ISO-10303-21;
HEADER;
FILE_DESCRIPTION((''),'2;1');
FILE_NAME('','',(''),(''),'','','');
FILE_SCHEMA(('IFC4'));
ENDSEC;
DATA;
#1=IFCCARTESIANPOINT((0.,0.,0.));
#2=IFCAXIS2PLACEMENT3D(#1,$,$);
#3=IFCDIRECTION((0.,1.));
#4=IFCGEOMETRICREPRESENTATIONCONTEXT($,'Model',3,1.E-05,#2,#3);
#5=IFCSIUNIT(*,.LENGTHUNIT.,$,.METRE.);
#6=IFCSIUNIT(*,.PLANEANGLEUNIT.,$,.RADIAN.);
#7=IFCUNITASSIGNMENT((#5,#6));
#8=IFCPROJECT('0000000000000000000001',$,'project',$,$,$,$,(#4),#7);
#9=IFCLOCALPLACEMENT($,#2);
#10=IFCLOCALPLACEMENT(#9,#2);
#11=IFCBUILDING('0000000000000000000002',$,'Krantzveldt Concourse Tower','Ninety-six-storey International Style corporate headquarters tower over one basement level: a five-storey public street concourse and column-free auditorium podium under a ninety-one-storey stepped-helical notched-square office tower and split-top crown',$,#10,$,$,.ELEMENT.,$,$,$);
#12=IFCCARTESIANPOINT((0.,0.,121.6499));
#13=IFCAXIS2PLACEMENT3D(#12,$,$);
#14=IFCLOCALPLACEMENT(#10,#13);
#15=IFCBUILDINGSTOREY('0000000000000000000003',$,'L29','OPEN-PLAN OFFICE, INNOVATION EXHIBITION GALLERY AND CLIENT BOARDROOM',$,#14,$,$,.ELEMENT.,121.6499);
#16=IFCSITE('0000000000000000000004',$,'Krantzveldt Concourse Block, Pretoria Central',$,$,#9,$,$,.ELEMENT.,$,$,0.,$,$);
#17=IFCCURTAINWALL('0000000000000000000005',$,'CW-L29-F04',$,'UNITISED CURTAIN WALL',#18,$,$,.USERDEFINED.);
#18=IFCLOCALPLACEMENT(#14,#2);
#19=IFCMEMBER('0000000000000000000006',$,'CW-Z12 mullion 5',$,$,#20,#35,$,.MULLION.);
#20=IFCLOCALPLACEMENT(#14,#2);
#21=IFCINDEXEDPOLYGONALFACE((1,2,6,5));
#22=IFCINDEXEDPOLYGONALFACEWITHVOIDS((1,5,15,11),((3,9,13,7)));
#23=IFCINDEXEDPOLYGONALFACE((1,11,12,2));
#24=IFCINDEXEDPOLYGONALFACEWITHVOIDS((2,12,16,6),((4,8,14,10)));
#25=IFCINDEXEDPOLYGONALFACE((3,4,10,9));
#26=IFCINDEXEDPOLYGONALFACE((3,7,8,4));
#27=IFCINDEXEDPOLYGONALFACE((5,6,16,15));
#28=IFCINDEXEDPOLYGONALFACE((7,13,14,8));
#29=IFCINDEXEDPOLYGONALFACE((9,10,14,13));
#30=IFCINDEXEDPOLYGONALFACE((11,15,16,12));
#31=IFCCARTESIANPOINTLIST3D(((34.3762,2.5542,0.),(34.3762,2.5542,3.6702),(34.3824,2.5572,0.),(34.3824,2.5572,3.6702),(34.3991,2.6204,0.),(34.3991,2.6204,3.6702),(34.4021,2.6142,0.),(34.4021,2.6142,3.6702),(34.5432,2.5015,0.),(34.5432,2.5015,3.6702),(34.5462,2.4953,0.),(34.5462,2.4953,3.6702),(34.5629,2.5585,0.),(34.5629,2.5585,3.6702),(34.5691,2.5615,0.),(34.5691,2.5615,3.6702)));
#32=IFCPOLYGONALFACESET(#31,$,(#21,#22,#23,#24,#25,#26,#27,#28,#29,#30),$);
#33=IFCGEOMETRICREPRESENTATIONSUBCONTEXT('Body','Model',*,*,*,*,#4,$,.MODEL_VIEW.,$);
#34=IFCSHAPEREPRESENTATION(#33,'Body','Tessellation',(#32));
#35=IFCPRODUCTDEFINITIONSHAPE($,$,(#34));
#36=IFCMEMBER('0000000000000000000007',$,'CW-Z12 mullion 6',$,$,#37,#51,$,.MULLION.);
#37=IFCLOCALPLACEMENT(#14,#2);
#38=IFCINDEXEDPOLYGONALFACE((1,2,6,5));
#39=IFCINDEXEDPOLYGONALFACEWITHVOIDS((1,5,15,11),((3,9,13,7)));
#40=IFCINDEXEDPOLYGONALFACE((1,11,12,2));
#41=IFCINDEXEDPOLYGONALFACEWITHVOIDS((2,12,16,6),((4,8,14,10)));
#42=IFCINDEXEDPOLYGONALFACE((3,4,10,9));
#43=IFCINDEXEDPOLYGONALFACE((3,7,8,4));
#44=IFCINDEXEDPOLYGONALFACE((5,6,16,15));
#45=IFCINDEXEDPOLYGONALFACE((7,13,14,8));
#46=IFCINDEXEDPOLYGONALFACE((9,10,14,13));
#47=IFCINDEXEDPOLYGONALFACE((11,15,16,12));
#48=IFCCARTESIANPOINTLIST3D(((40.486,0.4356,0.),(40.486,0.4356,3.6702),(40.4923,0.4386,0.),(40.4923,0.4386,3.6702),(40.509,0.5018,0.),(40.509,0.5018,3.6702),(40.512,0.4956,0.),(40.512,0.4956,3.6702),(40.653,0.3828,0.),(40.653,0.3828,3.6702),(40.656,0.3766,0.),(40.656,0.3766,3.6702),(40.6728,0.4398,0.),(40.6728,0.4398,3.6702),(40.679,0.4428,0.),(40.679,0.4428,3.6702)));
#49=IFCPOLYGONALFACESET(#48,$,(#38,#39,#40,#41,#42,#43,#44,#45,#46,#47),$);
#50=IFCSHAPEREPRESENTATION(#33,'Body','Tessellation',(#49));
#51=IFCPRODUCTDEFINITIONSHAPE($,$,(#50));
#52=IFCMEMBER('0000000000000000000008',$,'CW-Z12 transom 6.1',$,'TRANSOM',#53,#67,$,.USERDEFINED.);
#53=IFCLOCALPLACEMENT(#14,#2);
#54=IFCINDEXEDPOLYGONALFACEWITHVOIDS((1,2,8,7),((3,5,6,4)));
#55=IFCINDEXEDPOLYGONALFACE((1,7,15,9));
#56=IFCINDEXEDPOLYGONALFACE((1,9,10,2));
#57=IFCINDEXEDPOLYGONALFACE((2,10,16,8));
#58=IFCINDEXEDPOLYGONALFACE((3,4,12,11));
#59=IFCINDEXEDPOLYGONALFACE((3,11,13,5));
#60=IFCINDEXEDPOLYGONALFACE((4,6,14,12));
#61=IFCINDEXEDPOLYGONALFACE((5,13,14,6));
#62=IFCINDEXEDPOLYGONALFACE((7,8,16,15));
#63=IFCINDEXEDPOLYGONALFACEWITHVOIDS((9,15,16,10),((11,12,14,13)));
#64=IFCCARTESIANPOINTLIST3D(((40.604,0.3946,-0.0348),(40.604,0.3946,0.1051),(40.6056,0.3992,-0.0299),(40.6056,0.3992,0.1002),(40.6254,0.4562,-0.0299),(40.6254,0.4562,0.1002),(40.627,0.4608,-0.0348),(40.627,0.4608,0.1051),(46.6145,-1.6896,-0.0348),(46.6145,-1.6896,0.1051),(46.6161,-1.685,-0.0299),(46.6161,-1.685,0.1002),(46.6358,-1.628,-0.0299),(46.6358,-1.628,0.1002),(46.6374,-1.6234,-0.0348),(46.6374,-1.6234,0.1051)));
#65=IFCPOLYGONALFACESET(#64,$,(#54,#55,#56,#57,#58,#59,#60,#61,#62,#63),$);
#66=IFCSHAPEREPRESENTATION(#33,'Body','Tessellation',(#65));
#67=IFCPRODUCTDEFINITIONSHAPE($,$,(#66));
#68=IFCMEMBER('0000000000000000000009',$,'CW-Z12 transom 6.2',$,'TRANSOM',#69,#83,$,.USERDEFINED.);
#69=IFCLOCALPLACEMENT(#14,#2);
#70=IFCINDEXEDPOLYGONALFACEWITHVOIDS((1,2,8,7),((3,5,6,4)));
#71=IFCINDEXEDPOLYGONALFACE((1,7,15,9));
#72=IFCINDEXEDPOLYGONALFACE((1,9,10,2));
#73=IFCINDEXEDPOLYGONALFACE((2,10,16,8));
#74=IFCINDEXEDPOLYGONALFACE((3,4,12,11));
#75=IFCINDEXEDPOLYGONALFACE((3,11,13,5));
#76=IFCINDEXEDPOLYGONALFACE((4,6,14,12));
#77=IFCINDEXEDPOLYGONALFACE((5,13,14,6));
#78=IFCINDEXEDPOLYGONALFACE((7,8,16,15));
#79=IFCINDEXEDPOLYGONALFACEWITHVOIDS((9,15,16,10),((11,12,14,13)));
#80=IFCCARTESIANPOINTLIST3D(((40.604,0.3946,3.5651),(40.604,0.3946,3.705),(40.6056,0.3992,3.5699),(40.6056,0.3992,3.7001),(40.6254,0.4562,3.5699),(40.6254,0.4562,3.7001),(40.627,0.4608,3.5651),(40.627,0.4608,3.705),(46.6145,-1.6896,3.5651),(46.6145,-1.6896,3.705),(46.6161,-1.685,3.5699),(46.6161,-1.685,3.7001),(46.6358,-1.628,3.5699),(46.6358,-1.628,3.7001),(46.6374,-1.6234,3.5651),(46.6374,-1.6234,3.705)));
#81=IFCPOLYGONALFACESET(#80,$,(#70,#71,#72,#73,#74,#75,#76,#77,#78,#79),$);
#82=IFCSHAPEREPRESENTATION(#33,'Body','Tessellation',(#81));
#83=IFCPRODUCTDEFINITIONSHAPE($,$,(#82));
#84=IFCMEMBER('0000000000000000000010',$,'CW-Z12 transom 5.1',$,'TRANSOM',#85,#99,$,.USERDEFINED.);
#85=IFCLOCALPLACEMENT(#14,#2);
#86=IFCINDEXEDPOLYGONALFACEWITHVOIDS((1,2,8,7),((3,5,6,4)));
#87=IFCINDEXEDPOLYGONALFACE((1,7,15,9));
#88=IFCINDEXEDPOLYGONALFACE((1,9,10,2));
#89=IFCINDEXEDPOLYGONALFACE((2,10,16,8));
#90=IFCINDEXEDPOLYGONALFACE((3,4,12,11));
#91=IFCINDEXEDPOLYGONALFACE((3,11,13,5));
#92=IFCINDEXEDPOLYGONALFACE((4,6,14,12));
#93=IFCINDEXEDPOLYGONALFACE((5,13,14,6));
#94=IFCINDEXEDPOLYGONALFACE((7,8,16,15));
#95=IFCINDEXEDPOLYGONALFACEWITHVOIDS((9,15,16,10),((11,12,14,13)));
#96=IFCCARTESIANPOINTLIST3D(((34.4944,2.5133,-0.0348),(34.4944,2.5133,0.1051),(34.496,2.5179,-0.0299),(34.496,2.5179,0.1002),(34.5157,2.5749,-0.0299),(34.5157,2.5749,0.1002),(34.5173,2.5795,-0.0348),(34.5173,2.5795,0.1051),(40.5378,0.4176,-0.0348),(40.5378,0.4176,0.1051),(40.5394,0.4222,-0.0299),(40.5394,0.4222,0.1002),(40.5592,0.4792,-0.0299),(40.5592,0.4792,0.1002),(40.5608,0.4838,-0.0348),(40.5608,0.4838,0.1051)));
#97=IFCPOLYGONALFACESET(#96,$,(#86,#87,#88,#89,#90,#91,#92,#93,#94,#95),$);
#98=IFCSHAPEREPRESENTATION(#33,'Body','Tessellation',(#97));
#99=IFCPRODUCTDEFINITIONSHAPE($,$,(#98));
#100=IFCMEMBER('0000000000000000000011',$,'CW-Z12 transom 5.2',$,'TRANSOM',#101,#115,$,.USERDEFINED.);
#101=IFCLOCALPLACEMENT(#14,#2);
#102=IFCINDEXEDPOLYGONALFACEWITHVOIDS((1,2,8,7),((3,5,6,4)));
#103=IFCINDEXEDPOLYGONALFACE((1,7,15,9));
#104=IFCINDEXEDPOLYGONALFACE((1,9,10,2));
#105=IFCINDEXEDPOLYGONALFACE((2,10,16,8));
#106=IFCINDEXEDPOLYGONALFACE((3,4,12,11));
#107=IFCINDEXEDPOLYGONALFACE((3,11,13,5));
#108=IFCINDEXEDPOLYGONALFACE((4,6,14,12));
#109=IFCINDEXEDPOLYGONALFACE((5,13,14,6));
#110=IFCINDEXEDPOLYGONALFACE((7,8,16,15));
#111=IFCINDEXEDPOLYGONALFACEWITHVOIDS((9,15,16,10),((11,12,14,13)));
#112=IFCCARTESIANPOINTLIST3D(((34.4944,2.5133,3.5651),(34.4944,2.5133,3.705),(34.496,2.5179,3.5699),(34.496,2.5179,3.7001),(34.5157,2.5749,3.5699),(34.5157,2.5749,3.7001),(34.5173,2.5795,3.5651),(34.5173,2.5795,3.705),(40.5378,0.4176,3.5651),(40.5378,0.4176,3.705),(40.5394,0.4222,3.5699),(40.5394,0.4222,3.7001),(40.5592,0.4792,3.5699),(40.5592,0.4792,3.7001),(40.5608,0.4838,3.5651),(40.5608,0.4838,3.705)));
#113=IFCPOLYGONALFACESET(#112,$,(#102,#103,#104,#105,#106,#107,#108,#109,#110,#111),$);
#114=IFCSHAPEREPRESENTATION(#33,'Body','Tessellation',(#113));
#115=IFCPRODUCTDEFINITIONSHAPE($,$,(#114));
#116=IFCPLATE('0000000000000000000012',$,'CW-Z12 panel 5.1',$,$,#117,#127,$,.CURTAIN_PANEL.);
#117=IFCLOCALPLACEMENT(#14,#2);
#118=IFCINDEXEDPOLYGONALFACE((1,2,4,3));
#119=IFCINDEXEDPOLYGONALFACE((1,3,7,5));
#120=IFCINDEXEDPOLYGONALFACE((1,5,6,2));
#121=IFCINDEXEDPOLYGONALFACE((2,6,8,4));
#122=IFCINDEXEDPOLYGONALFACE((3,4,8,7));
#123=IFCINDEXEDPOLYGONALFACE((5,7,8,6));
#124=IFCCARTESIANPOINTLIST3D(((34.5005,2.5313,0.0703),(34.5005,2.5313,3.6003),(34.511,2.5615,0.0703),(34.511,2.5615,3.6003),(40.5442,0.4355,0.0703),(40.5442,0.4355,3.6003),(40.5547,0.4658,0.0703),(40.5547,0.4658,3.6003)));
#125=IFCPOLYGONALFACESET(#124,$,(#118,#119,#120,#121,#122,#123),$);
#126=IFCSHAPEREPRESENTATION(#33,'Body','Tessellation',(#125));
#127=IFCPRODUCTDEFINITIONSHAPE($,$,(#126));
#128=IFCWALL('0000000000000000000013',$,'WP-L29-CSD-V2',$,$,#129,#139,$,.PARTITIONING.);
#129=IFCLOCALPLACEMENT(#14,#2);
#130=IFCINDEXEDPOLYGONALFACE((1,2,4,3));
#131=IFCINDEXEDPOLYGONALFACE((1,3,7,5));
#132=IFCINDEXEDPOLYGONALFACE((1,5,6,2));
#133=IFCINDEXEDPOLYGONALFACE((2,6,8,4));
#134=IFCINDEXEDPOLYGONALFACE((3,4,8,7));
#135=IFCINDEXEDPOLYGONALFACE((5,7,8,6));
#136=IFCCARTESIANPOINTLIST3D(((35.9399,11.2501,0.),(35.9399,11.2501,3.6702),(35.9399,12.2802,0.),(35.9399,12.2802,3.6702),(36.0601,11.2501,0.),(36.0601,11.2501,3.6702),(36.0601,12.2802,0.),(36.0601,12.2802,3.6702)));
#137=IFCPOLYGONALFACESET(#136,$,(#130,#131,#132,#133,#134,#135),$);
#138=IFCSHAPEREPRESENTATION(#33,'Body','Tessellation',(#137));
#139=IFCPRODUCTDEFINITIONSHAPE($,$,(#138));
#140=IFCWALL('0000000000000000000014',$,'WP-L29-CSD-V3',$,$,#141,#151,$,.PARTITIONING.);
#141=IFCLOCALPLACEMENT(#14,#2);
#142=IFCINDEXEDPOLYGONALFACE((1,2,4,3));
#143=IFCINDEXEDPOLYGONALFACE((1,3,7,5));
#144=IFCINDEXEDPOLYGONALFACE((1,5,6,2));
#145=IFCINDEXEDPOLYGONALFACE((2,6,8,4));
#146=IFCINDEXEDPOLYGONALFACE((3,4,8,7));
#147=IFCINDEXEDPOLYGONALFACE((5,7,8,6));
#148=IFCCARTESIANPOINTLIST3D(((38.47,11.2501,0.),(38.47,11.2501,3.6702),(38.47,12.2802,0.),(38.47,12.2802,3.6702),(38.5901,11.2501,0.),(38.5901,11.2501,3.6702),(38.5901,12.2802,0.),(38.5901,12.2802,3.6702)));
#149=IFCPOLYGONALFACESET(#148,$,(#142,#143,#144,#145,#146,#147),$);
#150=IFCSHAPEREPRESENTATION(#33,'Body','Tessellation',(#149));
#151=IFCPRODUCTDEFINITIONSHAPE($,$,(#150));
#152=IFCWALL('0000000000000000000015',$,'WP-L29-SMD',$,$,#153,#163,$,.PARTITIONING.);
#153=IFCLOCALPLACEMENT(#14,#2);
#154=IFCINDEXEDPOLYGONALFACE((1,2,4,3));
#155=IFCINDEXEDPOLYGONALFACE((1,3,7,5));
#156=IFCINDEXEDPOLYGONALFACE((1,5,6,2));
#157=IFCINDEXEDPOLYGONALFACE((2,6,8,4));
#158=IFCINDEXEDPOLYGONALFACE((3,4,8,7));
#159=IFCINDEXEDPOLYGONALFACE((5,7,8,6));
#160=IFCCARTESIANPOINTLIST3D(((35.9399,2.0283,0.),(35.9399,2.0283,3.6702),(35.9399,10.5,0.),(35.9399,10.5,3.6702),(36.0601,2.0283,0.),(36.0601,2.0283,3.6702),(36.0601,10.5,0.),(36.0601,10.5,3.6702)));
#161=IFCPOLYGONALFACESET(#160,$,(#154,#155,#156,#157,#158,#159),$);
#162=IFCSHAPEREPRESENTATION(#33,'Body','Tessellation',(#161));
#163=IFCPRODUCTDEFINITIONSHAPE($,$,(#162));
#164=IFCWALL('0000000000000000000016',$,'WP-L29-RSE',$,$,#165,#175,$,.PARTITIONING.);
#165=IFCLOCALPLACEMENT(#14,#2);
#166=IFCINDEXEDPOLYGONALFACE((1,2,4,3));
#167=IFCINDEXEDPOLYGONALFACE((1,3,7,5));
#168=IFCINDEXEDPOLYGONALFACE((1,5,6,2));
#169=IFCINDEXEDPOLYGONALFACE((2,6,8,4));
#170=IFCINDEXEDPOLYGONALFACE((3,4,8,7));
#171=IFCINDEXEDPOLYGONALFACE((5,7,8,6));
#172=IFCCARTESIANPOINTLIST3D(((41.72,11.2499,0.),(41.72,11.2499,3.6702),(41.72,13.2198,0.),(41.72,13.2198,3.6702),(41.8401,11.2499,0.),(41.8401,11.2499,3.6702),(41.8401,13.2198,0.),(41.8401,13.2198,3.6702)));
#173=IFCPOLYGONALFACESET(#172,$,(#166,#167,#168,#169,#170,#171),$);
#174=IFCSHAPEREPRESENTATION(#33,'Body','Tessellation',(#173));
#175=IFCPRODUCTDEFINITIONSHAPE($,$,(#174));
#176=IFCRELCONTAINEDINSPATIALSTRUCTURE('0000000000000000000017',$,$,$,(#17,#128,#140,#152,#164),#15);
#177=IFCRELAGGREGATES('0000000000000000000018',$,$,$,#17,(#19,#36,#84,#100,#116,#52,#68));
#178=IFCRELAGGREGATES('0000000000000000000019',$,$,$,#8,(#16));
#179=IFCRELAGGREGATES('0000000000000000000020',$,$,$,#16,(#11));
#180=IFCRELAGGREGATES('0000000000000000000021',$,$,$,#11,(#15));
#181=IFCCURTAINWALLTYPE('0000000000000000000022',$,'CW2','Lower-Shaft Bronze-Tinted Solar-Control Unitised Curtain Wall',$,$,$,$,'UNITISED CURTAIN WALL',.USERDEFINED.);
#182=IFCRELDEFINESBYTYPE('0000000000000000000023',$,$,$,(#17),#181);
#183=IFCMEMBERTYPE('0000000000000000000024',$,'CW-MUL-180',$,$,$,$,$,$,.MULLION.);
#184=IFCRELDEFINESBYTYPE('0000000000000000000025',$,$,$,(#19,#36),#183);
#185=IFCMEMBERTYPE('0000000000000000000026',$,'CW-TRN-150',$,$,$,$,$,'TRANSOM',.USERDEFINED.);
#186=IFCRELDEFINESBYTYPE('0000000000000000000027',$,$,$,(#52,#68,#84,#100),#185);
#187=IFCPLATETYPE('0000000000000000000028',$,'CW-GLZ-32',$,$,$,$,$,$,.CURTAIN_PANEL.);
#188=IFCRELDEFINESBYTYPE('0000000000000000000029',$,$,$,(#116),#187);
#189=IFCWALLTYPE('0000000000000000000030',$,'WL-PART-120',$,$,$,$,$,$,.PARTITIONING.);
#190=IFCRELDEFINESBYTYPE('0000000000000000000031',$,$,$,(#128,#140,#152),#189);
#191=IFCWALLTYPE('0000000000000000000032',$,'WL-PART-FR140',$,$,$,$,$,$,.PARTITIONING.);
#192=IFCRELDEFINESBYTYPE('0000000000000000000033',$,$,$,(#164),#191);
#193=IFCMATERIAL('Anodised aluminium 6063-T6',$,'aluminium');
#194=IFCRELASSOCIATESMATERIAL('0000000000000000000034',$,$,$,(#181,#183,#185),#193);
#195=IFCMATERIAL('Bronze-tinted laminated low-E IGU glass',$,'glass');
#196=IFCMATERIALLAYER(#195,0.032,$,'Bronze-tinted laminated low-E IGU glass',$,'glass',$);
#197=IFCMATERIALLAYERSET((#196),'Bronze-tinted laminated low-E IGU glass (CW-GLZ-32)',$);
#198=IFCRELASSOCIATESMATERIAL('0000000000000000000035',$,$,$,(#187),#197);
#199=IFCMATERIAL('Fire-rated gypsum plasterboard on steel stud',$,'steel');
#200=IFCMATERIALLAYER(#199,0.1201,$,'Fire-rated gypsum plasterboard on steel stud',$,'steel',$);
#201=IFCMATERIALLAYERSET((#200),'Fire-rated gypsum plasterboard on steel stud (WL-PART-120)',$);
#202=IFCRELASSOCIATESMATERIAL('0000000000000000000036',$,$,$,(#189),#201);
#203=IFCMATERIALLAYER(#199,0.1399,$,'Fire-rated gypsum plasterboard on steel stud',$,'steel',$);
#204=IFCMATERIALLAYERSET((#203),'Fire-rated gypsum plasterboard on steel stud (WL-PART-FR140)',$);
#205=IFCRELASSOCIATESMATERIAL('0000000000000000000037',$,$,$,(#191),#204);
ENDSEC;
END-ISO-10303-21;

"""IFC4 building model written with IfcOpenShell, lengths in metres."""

from ifc_helpers import new_model, si_unit, direction, frame, frame_2d, origin, origin_2d, place, context, subcontext, project, spatial, rectangle, hollow_rectangle, extrude, source, transform, mapped, material, layer, layer_set, material_profile, profile_set, type_object, type_shapes, element, aggregate, save


model = new_model("IFC4")

# Units and contexts
model_context = context("Model", 3, precision=1e-05, world=origin(), true_north=direction((0.0, 1.0)))
body_context = subcontext(model_context, "Body", "Model", "MODEL_VIEW")
ifc_project = project(units=[si_unit("LENGTHUNIT", "METRE"), si_unit("PLANEANGLEUNIT", "RADIAN")], contexts=[model_context])

# Site, building, storey
site_placement = place(None, origin())
site = spatial("IfcSite", under=ifc_project, at=site_placement, Name="Krantzveldt Concourse Block, Pretoria Central", CompositionType="ELEMENT", RefElevation=0.0)
building_placement = place(site_placement, origin())
building = spatial("IfcBuilding", under=site, at=building_placement, Name="Krantzveldt Concourse Tower", Description="Ninety-six-storey International Style corporate headquarters tower over one basement level: a five-storey public street concourse and column-free auditorium podium under a ninety-one-storey stepped-helical notched-square office tower and split-top crown", CompositionType="ELEMENT")
storey_placement = place(building_placement, frame((0.0, 0.0, 121.6499)))
storey = spatial("IfcBuildingStorey", under=building, at=storey_placement, Name="L29", Description="OPEN-PLAN OFFICE, INNOVATION EXHIBITION GALLERY AND CLIENT BOARDROOM", CompositionType="ELEMENT", Elevation=121.6499)

# Curtain wall, members, plate
ifc_material_1 = material(Name="Anodised aluminium 6063-T6", Category="aluminium")
curtain_wall_type = type_object("IfcCurtainWallType", Name="CW2", Description="Lower-Shaft Bronze-Tinted Solar-Control Unitised Curtain Wall", ElementType="UNITISED CURTAIN WALL", PredefinedType="USERDEFINED", material=ifc_material_1)
curtain_wall_placement = place(storey_placement, origin())
curtain_wall = element("IfcCurtainWall", 1, at=curtain_wall_placement, inside=storey, type_object=curtain_wall_type, Name="CW-L29-F04", ObjectType="UNITISED CURTAIN WALL", PredefinedType="USERDEFINED")
ifc_material_profile_1 = material_profile(ifc_material_1, hollow_rectangle(XDim=0.0701, YDim=0.1799, WallThickness=0.0049, at=origin_2d()), Name="Anodised aluminium 6063-T6", Category="aluminium")
ifc_profile_set_1 = profile_set([ifc_material_profile_1], Name="Anodised aluminium 6063-T6 - ALU-MULL 180x70x5")
member_type_1 = type_object("IfcMemberType", Name="CW-MUL-180", PredefinedType="MULLION", material=ifc_profile_set_1)
shared_shape_1 = source(origin(), body_context, "Body", "SweptSolid", [
    extrude(hollow_rectangle(XDim=0.0701, YDim=0.1799, WallThickness=0.0049, at=origin_2d()), origin(), (0.0, 0.0, 1.0), 3.6702),
])
type_shapes(member_type_1, [shared_shape_1])
member_1_placement = place(storey_placement, frame((34.4727, 2.5579, 0.0), z_axis=(0.0, 0.0, 1.0), x_axis=(0.32763, 0.944806, 0.0)))
member_1 = element("IfcMember", 2, at=member_1_placement, type_object=member_type_1, Name="CW-Z12 mullion 5", PredefinedType="MULLION", context=body_context, shape_type="MappedRepresentation", body=[
    mapped(shared_shape_1, transform((0.0, 0.0, 0.0), x_axis=(1.0, 0.0, 0.0), y_axis=(0.0, 1.0, 0.0), z_axis=(0.0, 0.0, 1.0), scale=1.0)),
])
member_2_placement = place(storey_placement, frame((40.5825, 0.4392, 0.0), z_axis=(0.0, 0.0, 1.0), x_axis=(0.32763, 0.944806, 0.0)))
member_2 = element("IfcMember", 3, at=member_2_placement, type_object=member_type_1, Name="CW-Z12 mullion 6", PredefinedType="MULLION", context=body_context, shape_type="MappedRepresentation", body=[
    mapped(shared_shape_1, transform((0.0, 0.0, 0.0), x_axis=(1.0, 0.0, 0.0), y_axis=(0.0, 1.0, 0.0), z_axis=(0.0, 0.0, 1.0), scale=1.0)),
])
ifc_material_profile_2 = material_profile(ifc_material_1, hollow_rectangle(XDim=0.0701, YDim=0.1399, WallThickness=0.0049, at=origin_2d()), Name="Anodised aluminium 6063-T6", Category="aluminium")
ifc_profile_set_2 = profile_set([ifc_material_profile_2], Name="Anodised aluminium 6063-T6 - ALU-TRAN 140x70x5")
member_type_2 = type_object("IfcMemberType", Name="CW-TRN-150", ElementType="TRANSOM", PredefinedType="USERDEFINED", material=ifc_profile_set_2)
shared_shape_2 = source(origin(), body_context, "Body", "SweptSolid", [
    extrude(hollow_rectangle(XDim=0.0701, YDim=0.1399, WallThickness=0.0049, at=origin_2d()), origin(), (0.0, 0.0, 1.0), 6.3616),
])
member_3_placement = place(storey_placement, frame((40.6155, 0.4277, 0.0352), z_axis=(0.944808, -0.327626, 0.0), x_axis=(0.327626, 0.944808, 0.0)))
member_3 = element("IfcMember", 4, at=member_3_placement, type_object=member_type_2, Name="CW-Z12 transom 6.1", ObjectType="TRANSOM", PredefinedType="USERDEFINED", context=body_context, shape_type="MappedRepresentation", body=[
    mapped(shared_shape_2, transform((0.0, 0.0, 0.0), x_axis=(1.0, 0.0, 0.0), y_axis=(0.0, 1.0, 0.0), z_axis=(0.0, 0.0, 1.0), scale=1.0)),
])
member_4_placement = place(storey_placement, frame((40.6155, 0.4277, 3.635), z_axis=(0.944808, -0.327626, 0.0), x_axis=(0.327626, 0.944808, 0.0)))
member_4 = element("IfcMember", 5, at=member_4_placement, type_object=member_type_2, Name="CW-Z12 transom 6.2", ObjectType="TRANSOM", PredefinedType="USERDEFINED", context=body_context, shape_type="MappedRepresentation", body=[
    mapped(shared_shape_2, transform((0.0, 0.0, 0.0), x_axis=(1.0, 0.0, 0.0), y_axis=(0.0, 1.0, 0.0), z_axis=(0.0, 0.0, 1.0), scale=1.0)),
])
shared_shape_3 = source(origin(), body_context, "Body", "SweptSolid", [
    extrude(hollow_rectangle(XDim=0.0701, YDim=0.1399, WallThickness=0.0049, at=origin_2d()), origin(), (0.0, 0.0, 1.0), 6.3965),
])
type_shapes(member_type_2, [shared_shape_2, shared_shape_3])
member_5_placement = place(storey_placement, frame((34.5059, 2.5464, 0.0352), z_axis=(0.944805, -0.327632, 0.0), x_axis=(0.327632, 0.944805, 0.0)))
member_5 = element("IfcMember", 6, at=member_5_placement, type_object=member_type_2, Name="CW-Z12 transom 5.1", ObjectType="TRANSOM", PredefinedType="USERDEFINED", context=body_context, shape_type="MappedRepresentation", body=[
    mapped(shared_shape_3, transform((0.0, 0.0, 0.0), x_axis=(1.0, 0.0, 0.0), y_axis=(0.0, 1.0, 0.0), z_axis=(0.0, 0.0, 1.0), scale=1.0)),
])
member_6_placement = place(storey_placement, frame((34.5059, 2.5464, 3.635), z_axis=(0.944805, -0.327632, 0.0), x_axis=(0.327632, 0.944805, 0.0)))
member_6 = element("IfcMember", 7, at=member_6_placement, type_object=member_type_2, Name="CW-Z12 transom 5.2", ObjectType="TRANSOM", PredefinedType="USERDEFINED", context=body_context, shape_type="MappedRepresentation", body=[
    mapped(shared_shape_3, transform((0.0, 0.0, 0.0), x_axis=(1.0, 0.0, 0.0), y_axis=(0.0, 1.0, 0.0), z_axis=(0.0, 0.0, 1.0), scale=1.0)),
])
ifc_material_2 = material(Name="Bronze-tinted laminated low-E IGU glass", Category="glass")
ifc_layer_1 = layer(ifc_material_2, 0.032, Name="Bronze-tinted laminated low-E IGU glass", Category="glass")
ifc_layer_set_1 = layer_set([ifc_layer_1], Name="Bronze-tinted laminated low-E IGU glass (CW-GLZ-32)")
plate_type = type_object("IfcPlateType", Name="CW-GLZ-32", PredefinedType="CURTAIN_PANEL", material=ifc_layer_set_1)
shared_shape_4 = source(origin(), body_context, "Body", "SweptSolid", [
    extrude(rectangle(XDim=6.3967, YDim=0.032, at=origin_2d()), origin(), (0.0, 0.0, 1.0), 3.53),
])
type_shapes(plate_type, [shared_shape_4])
plate_placement = place(storey_placement, frame((37.5276, 1.4985, 0.0703), z_axis=(0.0, 0.0, 1.0), x_axis=(0.944806, -0.32763, 0.0)))
plate = element("IfcPlate", 8, at=plate_placement, type_object=plate_type, Name="CW-Z12 panel 5.1", PredefinedType="CURTAIN_PANEL", context=body_context, shape_type="MappedRepresentation", body=[
    mapped(shared_shape_4, transform((0.0, 0.0, 0.0), x_axis=(1.0, 0.0, 0.0), y_axis=(0.0, 1.0, 0.0), z_axis=(0.0, 0.0, 1.0), scale=1.0)),
])
aggregate(curtain_wall, [member_1, member_2, member_5, member_6, plate, member_3, member_4])

# Walls
ifc_material_3 = material(Name="Fire-rated gypsum plasterboard on steel stud", Category="steel")
ifc_layer_2 = layer(ifc_material_3, 0.1201, Name="Fire-rated gypsum plasterboard on steel stud", Category="steel")
ifc_layer_set_2 = layer_set([ifc_layer_2], Name="Fire-rated gypsum plasterboard on steel stud (WL-PART-120)")
wall_type_1 = type_object("IfcWallType", Name="WL-PART-120", PredefinedType="PARTITIONING", material=ifc_layer_set_2)
for number, where, z_axis, x_axis, name in (
    (9, (36.0, 11.25, 0.0), (0.0, 0.0, 1.0), (0.0, 1.0, 0.0), "WP-L29-CSD-V2"),
    (10, (38.53, 11.25, 0.0), (0.0, 0.0, 1.0), (0.0, 1.0, 0.0), "WP-L29-CSD-V3"),
):
    element("IfcWall", number, at=place(storey_placement, frame(where, z_axis=z_axis, x_axis=x_axis)), inside=storey, type_object=wall_type_1, Name=name, PredefinedType="PARTITIONING", context=body_context, shape_type="SweptSolid", body=[
        extrude(rectangle(XDim=1.03, YDim=0.1201, at=frame_2d((0.5151, 0.0))), origin(), (0.0, 0.0, 1.0), 3.6702),
    ])
wall_1_placement = place(storey_placement, frame((36.0, 2.0283, 0.0), z_axis=(0.0, 0.0, 1.0), x_axis=(0.0, 1.0, 0.0)))
element("IfcWall", 11, at=wall_1_placement, inside=storey, type_object=wall_type_1, Name="WP-L29-SMD", PredefinedType="PARTITIONING", context=body_context, shape_type="SweptSolid", body=[
    extrude(rectangle(XDim=8.4717, YDim=0.1201, at=frame_2d((4.2358, 0.0))), origin(), (0.0, 0.0, 1.0), 3.6702),
])

# Shared definitions
ifc_layer_3 = layer(ifc_material_3, 0.1399, Name="Fire-rated gypsum plasterboard on steel stud", Category="steel")
ifc_layer_set_3 = layer_set([ifc_layer_3], Name="Fire-rated gypsum plasterboard on steel stud (WL-PART-FR140)")
wall_type_2 = type_object("IfcWallType", Name="WL-PART-FR140", PredefinedType="PARTITIONING", material=ifc_layer_set_3)

# Wall
wall_2_placement = place(storey_placement, frame((41.78, 11.25, 0.0), z_axis=(0.0, 0.0, 1.0), x_axis=(0.0, 1.0, 0.0)))
element("IfcWall", 12, at=wall_2_placement, inside=storey, type_object=wall_type_2, Name="WP-L29-RSE", PredefinedType="PARTITIONING", context=body_context, shape_type="SweptSolid", body=[
    extrude(rectangle(XDim=1.97, YDim=0.1201, at=frame_2d((0.9849, 0.0))), origin(), (0.0, 0.0, 1.0), 3.6702),
])

save(model, "model.ifc")
